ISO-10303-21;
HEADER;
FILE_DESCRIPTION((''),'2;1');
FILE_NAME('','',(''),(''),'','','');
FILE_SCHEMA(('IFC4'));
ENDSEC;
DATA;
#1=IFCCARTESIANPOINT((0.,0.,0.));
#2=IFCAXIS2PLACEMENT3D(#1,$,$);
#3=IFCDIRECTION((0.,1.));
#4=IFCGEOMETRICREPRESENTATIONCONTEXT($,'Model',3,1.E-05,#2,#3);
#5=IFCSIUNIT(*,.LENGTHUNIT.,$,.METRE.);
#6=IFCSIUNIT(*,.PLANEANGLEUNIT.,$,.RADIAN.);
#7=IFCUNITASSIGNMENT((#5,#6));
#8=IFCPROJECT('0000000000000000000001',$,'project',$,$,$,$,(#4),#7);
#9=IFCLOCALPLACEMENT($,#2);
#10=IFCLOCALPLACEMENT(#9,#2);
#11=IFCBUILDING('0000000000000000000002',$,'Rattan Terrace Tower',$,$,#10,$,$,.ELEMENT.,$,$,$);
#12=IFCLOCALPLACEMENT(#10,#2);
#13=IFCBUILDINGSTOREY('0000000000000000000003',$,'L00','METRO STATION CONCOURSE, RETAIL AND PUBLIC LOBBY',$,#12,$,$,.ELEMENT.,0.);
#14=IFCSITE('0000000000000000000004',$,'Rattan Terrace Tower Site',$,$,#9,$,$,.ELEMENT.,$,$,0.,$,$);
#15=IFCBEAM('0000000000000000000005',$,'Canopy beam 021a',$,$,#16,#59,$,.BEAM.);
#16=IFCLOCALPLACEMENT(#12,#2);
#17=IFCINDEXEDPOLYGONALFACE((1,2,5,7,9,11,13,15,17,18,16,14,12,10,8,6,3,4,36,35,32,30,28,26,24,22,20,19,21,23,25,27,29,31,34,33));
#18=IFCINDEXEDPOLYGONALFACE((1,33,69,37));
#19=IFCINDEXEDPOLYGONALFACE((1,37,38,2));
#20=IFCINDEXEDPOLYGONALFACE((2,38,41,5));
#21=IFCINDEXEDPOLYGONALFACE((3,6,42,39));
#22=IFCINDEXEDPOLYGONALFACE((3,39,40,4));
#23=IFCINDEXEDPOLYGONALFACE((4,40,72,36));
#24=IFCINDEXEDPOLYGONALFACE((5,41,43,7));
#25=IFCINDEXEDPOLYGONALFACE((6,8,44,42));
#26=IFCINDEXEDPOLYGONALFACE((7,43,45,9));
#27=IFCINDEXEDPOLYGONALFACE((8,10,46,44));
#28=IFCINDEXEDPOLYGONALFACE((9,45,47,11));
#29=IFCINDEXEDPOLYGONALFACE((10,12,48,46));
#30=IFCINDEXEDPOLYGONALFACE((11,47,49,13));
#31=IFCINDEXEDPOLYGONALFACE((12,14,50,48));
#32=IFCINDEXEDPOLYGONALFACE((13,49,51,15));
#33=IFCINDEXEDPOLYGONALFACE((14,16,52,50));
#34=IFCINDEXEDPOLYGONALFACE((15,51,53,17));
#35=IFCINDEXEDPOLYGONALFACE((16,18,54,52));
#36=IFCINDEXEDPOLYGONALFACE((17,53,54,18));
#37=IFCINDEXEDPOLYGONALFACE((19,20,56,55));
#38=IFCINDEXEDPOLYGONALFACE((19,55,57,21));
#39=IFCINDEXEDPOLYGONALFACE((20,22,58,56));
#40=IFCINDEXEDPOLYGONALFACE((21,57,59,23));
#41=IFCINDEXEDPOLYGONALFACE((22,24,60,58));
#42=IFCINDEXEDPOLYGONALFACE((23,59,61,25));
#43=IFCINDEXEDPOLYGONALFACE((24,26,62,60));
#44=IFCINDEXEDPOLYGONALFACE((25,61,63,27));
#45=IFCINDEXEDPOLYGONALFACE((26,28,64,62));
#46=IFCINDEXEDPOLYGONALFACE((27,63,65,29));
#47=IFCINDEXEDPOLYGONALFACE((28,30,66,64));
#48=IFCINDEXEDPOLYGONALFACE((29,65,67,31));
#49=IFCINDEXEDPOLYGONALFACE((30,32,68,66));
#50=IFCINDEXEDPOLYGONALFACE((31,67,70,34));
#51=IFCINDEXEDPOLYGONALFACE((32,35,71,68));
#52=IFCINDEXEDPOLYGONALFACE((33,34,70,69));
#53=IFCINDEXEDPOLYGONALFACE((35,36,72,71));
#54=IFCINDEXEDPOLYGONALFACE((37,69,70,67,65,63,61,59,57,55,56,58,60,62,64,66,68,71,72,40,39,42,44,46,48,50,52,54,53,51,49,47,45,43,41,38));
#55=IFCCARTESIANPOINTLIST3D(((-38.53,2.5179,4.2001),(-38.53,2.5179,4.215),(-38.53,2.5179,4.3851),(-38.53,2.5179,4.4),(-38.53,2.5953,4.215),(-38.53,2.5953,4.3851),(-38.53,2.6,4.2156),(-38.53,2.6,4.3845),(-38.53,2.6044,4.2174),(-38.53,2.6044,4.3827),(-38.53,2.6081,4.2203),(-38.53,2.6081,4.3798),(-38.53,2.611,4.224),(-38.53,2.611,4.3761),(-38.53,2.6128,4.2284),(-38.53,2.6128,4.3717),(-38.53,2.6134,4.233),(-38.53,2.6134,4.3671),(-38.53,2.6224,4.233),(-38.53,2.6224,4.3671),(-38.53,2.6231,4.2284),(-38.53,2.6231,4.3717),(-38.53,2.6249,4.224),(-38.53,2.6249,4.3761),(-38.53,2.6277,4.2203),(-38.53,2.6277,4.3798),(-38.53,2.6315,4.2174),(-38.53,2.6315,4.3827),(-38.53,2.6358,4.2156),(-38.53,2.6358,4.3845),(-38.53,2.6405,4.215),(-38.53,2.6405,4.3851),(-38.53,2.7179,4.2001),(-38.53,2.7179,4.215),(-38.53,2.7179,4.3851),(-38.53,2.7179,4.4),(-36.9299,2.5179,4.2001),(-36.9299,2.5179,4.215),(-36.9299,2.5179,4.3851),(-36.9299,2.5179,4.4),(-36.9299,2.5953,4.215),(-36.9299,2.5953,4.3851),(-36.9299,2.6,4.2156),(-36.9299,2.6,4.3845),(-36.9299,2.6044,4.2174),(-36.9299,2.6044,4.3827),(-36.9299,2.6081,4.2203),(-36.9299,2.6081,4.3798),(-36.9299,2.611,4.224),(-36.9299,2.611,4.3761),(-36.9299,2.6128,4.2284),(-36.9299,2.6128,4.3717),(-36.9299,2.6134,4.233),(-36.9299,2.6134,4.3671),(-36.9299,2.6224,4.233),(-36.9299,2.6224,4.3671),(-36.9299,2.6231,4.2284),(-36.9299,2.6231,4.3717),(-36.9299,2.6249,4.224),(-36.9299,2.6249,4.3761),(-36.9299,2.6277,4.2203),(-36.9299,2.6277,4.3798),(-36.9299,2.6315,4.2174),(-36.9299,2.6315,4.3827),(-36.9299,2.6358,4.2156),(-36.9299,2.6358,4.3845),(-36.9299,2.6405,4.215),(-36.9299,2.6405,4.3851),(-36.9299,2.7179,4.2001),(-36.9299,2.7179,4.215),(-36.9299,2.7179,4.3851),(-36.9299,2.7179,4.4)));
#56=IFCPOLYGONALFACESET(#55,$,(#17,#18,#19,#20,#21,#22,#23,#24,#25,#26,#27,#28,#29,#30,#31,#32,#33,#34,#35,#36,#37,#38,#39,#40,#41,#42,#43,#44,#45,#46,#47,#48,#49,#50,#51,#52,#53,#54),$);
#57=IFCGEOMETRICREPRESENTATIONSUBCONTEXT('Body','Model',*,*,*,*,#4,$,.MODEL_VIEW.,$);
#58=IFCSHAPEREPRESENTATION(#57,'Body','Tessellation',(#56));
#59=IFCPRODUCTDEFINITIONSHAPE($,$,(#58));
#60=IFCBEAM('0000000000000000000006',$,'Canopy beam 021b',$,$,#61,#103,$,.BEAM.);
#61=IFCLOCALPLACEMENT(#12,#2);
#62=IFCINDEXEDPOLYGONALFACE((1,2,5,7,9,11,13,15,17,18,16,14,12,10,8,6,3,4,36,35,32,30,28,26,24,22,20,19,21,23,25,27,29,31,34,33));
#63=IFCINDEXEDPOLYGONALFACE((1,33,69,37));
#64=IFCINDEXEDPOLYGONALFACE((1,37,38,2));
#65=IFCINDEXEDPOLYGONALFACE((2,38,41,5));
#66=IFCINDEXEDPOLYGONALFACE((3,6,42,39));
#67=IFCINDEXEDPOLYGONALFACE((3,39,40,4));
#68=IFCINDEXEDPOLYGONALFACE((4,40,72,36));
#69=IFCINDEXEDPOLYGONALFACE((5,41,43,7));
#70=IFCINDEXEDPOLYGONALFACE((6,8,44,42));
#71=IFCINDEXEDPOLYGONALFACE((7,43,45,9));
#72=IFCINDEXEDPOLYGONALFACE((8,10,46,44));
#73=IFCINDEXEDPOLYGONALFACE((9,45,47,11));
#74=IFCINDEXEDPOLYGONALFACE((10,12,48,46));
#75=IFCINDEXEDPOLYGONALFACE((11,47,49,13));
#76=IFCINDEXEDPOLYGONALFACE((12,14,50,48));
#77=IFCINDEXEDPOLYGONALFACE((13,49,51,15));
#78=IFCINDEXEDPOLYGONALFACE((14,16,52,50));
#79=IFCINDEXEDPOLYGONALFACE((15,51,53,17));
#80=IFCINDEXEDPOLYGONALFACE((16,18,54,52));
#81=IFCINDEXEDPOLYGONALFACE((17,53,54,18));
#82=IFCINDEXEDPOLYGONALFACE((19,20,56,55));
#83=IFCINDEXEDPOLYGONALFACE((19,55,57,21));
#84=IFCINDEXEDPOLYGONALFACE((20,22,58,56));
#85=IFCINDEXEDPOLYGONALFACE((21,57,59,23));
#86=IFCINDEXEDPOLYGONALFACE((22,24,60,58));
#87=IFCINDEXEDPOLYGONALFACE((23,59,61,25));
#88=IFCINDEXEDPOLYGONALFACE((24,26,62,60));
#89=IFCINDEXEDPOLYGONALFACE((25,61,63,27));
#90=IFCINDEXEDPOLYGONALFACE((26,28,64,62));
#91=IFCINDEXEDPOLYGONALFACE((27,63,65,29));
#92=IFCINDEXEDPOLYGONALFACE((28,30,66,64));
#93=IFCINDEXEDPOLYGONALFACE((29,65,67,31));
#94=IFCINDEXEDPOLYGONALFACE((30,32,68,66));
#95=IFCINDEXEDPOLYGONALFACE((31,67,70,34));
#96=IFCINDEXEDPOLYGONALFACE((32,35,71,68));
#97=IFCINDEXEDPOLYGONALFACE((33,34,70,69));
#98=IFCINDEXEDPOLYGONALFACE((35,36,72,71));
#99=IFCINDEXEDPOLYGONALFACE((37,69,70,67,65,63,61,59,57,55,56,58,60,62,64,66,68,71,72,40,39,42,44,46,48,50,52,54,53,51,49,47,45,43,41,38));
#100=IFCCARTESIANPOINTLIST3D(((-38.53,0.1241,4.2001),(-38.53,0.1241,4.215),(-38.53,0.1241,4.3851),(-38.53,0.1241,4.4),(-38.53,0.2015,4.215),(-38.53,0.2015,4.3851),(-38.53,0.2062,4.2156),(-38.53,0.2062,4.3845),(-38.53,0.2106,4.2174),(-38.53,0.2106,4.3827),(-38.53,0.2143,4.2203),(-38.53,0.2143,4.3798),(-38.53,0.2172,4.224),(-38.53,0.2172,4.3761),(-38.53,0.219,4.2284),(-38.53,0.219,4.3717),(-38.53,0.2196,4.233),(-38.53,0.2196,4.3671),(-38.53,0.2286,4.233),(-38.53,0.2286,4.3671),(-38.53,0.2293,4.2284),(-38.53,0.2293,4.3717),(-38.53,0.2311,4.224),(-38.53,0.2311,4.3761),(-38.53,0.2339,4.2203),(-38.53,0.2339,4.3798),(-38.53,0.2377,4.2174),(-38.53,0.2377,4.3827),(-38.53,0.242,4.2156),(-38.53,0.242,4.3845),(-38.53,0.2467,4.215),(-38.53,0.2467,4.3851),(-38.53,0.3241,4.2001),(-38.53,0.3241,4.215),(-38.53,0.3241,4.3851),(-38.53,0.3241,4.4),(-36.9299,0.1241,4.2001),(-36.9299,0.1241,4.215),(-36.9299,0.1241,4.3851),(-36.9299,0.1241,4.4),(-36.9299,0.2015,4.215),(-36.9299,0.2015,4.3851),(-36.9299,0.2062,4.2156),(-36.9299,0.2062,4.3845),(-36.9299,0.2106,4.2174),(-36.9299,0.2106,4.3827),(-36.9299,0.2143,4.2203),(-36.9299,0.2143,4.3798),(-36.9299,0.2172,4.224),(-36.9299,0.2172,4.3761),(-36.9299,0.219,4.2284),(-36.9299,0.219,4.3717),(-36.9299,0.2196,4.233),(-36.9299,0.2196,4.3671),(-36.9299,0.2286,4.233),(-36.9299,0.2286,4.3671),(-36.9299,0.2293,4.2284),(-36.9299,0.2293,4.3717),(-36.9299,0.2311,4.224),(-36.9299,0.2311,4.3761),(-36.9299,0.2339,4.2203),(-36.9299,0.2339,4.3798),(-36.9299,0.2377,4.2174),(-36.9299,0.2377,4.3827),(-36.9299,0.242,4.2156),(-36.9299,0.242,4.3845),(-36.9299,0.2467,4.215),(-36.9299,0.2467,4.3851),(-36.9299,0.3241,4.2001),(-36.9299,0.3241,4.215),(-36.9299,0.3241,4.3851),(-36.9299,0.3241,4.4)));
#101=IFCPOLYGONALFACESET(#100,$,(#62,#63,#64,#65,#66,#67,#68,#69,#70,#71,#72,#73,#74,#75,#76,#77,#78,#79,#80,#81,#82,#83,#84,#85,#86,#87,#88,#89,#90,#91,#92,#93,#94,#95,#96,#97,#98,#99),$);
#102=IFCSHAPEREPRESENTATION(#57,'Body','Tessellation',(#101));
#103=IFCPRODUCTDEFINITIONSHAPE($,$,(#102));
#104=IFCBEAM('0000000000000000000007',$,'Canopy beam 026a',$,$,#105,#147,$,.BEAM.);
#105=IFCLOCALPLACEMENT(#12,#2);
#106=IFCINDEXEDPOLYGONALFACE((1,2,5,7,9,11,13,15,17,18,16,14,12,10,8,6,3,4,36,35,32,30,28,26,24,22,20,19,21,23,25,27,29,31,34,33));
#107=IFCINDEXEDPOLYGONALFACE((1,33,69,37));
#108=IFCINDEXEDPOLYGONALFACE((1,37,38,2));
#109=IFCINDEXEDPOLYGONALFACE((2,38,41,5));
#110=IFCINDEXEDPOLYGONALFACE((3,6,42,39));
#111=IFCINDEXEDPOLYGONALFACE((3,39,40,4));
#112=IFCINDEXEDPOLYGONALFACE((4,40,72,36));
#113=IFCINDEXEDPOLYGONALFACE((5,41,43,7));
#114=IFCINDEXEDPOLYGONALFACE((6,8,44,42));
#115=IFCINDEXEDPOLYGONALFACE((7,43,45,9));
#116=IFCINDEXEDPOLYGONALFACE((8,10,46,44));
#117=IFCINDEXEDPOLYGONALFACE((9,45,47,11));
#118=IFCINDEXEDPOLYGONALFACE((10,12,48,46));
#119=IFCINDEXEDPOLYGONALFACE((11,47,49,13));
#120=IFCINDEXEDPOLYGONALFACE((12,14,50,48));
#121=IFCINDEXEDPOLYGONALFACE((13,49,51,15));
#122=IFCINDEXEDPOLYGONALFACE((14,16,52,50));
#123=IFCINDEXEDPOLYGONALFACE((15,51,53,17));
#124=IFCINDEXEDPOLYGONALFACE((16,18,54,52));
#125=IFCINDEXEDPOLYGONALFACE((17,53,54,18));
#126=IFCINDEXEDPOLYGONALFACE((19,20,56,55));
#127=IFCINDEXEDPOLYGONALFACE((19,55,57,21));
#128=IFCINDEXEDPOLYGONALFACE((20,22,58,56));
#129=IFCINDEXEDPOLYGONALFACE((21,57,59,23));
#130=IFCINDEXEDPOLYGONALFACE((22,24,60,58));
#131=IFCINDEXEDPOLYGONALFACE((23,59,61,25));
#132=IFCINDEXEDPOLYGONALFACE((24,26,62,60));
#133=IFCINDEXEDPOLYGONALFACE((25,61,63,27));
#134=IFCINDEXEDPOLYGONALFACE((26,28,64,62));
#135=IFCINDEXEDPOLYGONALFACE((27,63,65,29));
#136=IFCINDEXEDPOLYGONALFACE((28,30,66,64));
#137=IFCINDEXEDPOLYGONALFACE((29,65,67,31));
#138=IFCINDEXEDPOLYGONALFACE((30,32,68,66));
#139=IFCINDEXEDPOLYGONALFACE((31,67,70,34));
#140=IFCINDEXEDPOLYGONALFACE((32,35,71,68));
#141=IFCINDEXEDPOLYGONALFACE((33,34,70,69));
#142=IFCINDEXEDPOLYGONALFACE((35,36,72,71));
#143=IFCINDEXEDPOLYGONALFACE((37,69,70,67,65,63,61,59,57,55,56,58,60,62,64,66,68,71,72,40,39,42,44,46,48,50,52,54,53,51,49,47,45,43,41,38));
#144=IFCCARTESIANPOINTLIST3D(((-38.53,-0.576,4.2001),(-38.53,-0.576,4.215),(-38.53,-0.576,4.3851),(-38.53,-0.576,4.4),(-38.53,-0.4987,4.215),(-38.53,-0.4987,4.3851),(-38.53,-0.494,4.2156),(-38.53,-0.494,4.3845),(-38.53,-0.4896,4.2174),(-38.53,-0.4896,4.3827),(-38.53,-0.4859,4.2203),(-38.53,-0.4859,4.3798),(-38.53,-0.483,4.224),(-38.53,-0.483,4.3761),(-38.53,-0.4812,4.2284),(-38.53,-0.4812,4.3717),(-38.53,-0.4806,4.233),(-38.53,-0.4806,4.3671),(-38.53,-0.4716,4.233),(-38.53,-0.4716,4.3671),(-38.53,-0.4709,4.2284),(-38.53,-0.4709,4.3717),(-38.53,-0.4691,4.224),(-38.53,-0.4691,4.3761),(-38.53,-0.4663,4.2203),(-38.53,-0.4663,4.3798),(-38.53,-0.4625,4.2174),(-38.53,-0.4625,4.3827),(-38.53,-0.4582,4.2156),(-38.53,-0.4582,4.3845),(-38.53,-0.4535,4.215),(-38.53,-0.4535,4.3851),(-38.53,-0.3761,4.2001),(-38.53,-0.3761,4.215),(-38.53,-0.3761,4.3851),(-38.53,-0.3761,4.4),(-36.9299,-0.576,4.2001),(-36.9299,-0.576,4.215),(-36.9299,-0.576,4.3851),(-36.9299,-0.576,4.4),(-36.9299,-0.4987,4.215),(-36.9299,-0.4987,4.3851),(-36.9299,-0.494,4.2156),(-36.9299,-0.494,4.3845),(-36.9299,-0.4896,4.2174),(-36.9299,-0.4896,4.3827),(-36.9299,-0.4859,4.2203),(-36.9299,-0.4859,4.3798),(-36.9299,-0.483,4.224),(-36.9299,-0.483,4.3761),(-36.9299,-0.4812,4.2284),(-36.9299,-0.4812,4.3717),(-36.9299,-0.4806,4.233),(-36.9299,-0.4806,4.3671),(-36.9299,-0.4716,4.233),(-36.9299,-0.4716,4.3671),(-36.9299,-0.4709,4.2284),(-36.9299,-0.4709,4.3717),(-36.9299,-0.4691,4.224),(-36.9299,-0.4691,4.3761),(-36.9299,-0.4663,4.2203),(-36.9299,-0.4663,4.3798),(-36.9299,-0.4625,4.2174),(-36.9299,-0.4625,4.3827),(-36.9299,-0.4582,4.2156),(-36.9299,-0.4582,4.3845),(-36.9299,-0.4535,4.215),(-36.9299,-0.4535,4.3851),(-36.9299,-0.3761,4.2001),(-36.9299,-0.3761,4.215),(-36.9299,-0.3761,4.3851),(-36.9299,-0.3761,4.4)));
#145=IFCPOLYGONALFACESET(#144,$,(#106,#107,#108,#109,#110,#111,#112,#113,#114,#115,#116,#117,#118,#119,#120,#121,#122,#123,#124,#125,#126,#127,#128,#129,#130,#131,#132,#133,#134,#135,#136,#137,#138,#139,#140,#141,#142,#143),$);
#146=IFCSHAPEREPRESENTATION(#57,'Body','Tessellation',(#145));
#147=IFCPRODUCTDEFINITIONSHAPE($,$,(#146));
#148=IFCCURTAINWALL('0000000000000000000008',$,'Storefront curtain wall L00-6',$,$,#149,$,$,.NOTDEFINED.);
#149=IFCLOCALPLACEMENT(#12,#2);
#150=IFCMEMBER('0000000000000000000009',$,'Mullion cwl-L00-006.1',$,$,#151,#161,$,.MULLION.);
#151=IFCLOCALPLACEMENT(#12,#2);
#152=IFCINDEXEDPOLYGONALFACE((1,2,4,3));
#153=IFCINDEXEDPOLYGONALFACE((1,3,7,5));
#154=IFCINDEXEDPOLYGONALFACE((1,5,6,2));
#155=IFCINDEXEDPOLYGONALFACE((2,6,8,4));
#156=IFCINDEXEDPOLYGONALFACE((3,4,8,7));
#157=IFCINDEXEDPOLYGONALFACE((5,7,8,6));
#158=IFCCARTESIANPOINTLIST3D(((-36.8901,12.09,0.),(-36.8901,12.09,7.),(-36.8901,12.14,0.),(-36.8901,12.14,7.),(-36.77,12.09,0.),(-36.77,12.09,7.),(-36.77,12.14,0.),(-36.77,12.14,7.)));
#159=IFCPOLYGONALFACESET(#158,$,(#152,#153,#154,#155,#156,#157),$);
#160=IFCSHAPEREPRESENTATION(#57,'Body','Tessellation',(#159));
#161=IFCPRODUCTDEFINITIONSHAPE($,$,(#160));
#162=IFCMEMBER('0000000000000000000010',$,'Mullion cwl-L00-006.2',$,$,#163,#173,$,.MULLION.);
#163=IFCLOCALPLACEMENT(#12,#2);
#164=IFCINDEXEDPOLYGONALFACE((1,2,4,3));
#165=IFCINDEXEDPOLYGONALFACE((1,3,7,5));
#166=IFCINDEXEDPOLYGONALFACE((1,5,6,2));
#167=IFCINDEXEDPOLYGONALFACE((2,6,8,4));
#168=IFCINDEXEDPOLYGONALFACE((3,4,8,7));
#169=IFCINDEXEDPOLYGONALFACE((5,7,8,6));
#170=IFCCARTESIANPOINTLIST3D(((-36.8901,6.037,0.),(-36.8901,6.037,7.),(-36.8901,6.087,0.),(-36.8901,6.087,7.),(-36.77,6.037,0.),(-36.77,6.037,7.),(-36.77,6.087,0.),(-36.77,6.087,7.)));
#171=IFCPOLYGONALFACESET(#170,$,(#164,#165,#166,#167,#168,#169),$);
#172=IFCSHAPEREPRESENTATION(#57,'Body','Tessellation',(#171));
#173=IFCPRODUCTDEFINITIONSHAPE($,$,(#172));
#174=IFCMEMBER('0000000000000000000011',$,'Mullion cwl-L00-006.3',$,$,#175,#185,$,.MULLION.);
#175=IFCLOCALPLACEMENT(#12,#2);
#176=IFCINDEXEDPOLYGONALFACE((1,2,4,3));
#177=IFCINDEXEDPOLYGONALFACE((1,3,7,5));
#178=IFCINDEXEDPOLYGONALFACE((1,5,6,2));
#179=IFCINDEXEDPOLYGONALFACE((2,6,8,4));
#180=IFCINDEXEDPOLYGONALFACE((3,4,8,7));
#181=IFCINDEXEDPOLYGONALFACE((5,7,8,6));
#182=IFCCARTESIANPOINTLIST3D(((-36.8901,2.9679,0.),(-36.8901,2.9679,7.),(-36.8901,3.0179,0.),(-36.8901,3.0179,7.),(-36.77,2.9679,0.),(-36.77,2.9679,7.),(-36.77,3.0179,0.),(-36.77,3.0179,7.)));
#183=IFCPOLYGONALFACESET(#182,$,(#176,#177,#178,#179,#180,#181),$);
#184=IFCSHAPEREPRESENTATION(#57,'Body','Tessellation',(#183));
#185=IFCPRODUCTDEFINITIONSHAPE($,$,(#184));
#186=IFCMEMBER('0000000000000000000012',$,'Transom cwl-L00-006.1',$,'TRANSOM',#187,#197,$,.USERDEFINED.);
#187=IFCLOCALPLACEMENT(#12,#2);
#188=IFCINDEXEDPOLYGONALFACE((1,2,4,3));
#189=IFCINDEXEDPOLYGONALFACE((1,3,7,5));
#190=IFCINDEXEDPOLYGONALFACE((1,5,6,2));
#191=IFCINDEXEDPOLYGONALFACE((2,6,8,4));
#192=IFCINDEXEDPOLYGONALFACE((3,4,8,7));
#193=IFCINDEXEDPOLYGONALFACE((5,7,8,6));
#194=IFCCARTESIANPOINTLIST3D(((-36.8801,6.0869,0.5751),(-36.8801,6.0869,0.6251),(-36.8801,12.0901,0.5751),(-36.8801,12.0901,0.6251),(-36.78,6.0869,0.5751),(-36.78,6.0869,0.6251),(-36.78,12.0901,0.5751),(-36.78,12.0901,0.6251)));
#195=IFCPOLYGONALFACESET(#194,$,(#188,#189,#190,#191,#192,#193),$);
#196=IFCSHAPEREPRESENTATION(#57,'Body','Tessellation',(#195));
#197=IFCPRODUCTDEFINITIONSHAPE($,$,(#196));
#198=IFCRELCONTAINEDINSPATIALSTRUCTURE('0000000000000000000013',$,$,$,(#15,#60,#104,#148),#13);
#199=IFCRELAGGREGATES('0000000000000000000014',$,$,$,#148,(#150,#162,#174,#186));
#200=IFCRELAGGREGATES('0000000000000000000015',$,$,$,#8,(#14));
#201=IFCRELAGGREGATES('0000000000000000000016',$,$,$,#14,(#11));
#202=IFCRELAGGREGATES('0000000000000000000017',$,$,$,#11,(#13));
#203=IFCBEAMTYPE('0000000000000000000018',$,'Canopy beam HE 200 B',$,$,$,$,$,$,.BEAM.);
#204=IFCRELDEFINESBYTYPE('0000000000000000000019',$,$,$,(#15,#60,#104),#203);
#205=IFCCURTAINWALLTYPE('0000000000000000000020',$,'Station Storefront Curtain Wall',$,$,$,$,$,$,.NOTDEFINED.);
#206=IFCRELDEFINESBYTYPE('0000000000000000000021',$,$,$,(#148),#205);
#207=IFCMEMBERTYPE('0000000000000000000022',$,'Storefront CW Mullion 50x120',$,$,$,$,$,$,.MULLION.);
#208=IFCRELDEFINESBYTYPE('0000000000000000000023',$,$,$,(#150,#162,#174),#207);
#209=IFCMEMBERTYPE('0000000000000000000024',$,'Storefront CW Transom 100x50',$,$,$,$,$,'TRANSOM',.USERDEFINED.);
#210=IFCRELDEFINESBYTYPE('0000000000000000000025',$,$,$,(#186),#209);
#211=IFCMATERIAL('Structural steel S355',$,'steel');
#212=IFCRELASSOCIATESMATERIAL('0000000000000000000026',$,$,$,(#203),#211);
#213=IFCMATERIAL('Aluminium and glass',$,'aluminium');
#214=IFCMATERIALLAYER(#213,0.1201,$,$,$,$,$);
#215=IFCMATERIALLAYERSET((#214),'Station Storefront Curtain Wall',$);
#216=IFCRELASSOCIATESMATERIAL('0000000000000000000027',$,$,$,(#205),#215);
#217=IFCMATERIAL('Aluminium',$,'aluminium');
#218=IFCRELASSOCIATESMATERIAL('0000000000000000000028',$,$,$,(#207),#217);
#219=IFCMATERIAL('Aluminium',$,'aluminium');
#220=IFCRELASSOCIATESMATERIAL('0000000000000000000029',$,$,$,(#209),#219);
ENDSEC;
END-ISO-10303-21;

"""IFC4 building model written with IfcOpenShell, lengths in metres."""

from ifc_helpers import new_model, si_unit, direction, frame, origin, origin_2d, place, context, subcontext, project, spatial, rectangle, i_section, extrude, material, layer, layer_set, material_profile, profile_set, type_object, element, aggregate, save


model = new_model("IFC4")

# Units and contexts
model_context = context("Model", 3, precision=1e-05, world=origin(), true_north=direction((0.0, 1.0)))
body_context = subcontext(model_context, "Body", "Model", "MODEL_VIEW")
ifc_project = project(units=[si_unit("LENGTHUNIT", "METRE"), si_unit("PLANEANGLEUNIT", "RADIAN")], contexts=[model_context])

# Site, building, storey
site_placement = place(None, origin())
site = spatial("IfcSite", under=ifc_project, at=site_placement, Name="Rattan Terrace Tower Site", CompositionType="ELEMENT", RefElevation=0.0)
building_placement = place(site_placement, origin())
building = spatial("IfcBuilding", under=site, at=building_placement, Name="Rattan Terrace Tower", CompositionType="ELEMENT")
storey_placement = place(building_placement, origin())
storey = spatial("IfcBuildingStorey", under=building, at=storey_placement, Name="L00", Description="METRO STATION CONCOURSE, RETAIL AND PUBLIC LOBBY", CompositionType="ELEMENT", Elevation=0.0)

# Beams
ifc_material_1 = material(Name="Structural steel S355", Category="steel")
ifc_material_profile_1 = material_profile(ifc_material_1, i_section(OverallWidth=0.2, OverallDepth=0.2, WebThickness=0.009, FlangeThickness=0.0149, FilletRadius=0.0181, at=origin_2d()), Name="HE 200 B")
ifc_profile_set_1 = profile_set([ifc_material_profile_1], Name="Structural steel S355")
beam_type = type_object("IfcBeamType", Name="Canopy beam HE 200 B", PredefinedType="BEAM", material=ifc_profile_set_1)
for number, where, z_axis, x_axis, name in (
    (1, (-36.9299, 2.6179, 4.3), (-1.0, 0.0, 0.0), (0.0, -1.0, 0.0), "Canopy beam 021a"),
    (2, (-36.9299, 0.2241, 4.3), (-1.0, 0.0, 0.0), (0.0, -1.0, 0.0), "Canopy beam 021b"),
    (3, (-36.9299, -0.4761, 4.3), (-1.0, 0.0, 0.0), (0.0, -1.0, 0.0), "Canopy beam 026a"),
):
    element("IfcBeam", number, at=place(storey_placement, frame(where, z_axis=z_axis, x_axis=x_axis)), inside=storey, type_object=beam_type, Name=name, PredefinedType="BEAM", context=body_context, shape_type="SweptSolid", body=[
        extrude(i_section(OverallWidth=0.2, OverallDepth=0.2, WebThickness=0.009, FlangeThickness=0.0149, FilletRadius=0.0181, at=origin_2d()), origin(), (0.0, 0.0, 1.0), 1.6001),
    ])

# Curtain wall, members
ifc_material_2 = material(Name="Aluminium and glass", Category="aluminium")
ifc_layer_1 = layer(ifc_material_2, 0.1201)
ifc_layer_set_1 = layer_set([ifc_layer_1], Name="Station Storefront Curtain Wall")
curtain_wall_type = type_object("IfcCurtainWallType", Name="Station Storefront Curtain Wall", PredefinedType="NOTDEFINED", material=ifc_layer_set_1)
curtain_wall_1_placement = place(storey_placement, origin())
curtain_wall_1 = element("IfcCurtainWall", 4, at=curtain_wall_1_placement, inside=storey, type_object=curtain_wall_type, Name="Storefront curtain wall L00-6", PredefinedType="NOTDEFINED")
ifc_material_3 = material(Name="Aluminium", Category="aluminium")
ifc_material_profile_2 = material_profile(ifc_material_3, rectangle(XDim=0.05, YDim=0.1201, at=origin_2d()), Name="Aluminium 50x120")
ifc_profile_set_2 = profile_set([ifc_material_profile_2], Name="Aluminium")
member_type_1 = type_object("IfcMemberType", Name="Storefront CW Mullion 50x120", PredefinedType="MULLION", material=ifc_profile_set_2)
member_1_placement = place(storey_placement, frame((-36.8301, 12.115, 0.0), z_axis=(0.0, 0.0, 1.0), x_axis=(0.0, -1.0, 0.0)))
member_1 = element("IfcMember", 5, at=member_1_placement, type_object=member_type_1, Name="Mullion cwl-L00-006.1", PredefinedType="MULLION", context=body_context, shape_type="SweptSolid", body=[
    extrude(rectangle(XDim=0.05, YDim=0.1201, at=origin_2d()), origin(), (0.0, 0.0, 1.0), 7.0),
])
member_2_placement = place(storey_placement, frame((-36.8301, 6.062, 0.0), z_axis=(0.0, 0.0, 1.0), x_axis=(0.0, -1.0, 0.0)))
member_2 = element("IfcMember", 6, at=member_2_placement, type_object=member_type_1, Name="Mullion cwl-L00-006.2", PredefinedType="MULLION", context=body_context, shape_type="SweptSolid", body=[
    extrude(rectangle(XDim=0.05, YDim=0.1201, at=origin_2d()), origin(), (0.0, 0.0, 1.0), 7.0),
])
member_3_placement = place(storey_placement, frame((-36.8301, 2.9929, 0.0), z_axis=(0.0, 0.0, 1.0), x_axis=(0.0, -1.0, 0.0)))
member_3 = element("IfcMember", 7, at=member_3_placement, type_object=member_type_1, Name="Mullion cwl-L00-006.3", PredefinedType="MULLION", context=body_context, shape_type="SweptSolid", body=[
    extrude(rectangle(XDim=0.05, YDim=0.1201, at=origin_2d()), origin(), (0.0, 0.0, 1.0), 7.0),
])
ifc_material_4 = material(Name="Aluminium", Category="aluminium")
ifc_material_profile_3 = material_profile(ifc_material_4, rectangle(XDim=0.1001, YDim=0.05, at=origin_2d()), Name="Aluminium 100x50")
ifc_profile_set_3 = profile_set([ifc_material_profile_3], Name="Aluminium")
member_type_2 = type_object("IfcMemberType", Name="Storefront CW Transom 100x50", ElementType="TRANSOM", PredefinedType="USERDEFINED", material=ifc_profile_set_3)
member_4_placement = place(storey_placement, frame((-36.8301, 12.0901, 0.6001), z_axis=(0.0, -1.0, 0.0), x_axis=(1.0, 0.0, 0.0)))
member_4 = element("IfcMember", 8, at=member_4_placement, type_object=member_type_2, Name="Transom cwl-L00-006.1", ObjectType="TRANSOM", PredefinedType="USERDEFINED", context=body_context, shape_type="SweptSolid", body=[
    extrude(rectangle(XDim=0.1001, YDim=0.05, at=origin_2d()), origin(), (0.0, 0.0, 1.0), 6.0032),
])

aggregate(curtain_wall_1, [member_1, member_2, member_3, member_4])

save(model, "model.ifc")
